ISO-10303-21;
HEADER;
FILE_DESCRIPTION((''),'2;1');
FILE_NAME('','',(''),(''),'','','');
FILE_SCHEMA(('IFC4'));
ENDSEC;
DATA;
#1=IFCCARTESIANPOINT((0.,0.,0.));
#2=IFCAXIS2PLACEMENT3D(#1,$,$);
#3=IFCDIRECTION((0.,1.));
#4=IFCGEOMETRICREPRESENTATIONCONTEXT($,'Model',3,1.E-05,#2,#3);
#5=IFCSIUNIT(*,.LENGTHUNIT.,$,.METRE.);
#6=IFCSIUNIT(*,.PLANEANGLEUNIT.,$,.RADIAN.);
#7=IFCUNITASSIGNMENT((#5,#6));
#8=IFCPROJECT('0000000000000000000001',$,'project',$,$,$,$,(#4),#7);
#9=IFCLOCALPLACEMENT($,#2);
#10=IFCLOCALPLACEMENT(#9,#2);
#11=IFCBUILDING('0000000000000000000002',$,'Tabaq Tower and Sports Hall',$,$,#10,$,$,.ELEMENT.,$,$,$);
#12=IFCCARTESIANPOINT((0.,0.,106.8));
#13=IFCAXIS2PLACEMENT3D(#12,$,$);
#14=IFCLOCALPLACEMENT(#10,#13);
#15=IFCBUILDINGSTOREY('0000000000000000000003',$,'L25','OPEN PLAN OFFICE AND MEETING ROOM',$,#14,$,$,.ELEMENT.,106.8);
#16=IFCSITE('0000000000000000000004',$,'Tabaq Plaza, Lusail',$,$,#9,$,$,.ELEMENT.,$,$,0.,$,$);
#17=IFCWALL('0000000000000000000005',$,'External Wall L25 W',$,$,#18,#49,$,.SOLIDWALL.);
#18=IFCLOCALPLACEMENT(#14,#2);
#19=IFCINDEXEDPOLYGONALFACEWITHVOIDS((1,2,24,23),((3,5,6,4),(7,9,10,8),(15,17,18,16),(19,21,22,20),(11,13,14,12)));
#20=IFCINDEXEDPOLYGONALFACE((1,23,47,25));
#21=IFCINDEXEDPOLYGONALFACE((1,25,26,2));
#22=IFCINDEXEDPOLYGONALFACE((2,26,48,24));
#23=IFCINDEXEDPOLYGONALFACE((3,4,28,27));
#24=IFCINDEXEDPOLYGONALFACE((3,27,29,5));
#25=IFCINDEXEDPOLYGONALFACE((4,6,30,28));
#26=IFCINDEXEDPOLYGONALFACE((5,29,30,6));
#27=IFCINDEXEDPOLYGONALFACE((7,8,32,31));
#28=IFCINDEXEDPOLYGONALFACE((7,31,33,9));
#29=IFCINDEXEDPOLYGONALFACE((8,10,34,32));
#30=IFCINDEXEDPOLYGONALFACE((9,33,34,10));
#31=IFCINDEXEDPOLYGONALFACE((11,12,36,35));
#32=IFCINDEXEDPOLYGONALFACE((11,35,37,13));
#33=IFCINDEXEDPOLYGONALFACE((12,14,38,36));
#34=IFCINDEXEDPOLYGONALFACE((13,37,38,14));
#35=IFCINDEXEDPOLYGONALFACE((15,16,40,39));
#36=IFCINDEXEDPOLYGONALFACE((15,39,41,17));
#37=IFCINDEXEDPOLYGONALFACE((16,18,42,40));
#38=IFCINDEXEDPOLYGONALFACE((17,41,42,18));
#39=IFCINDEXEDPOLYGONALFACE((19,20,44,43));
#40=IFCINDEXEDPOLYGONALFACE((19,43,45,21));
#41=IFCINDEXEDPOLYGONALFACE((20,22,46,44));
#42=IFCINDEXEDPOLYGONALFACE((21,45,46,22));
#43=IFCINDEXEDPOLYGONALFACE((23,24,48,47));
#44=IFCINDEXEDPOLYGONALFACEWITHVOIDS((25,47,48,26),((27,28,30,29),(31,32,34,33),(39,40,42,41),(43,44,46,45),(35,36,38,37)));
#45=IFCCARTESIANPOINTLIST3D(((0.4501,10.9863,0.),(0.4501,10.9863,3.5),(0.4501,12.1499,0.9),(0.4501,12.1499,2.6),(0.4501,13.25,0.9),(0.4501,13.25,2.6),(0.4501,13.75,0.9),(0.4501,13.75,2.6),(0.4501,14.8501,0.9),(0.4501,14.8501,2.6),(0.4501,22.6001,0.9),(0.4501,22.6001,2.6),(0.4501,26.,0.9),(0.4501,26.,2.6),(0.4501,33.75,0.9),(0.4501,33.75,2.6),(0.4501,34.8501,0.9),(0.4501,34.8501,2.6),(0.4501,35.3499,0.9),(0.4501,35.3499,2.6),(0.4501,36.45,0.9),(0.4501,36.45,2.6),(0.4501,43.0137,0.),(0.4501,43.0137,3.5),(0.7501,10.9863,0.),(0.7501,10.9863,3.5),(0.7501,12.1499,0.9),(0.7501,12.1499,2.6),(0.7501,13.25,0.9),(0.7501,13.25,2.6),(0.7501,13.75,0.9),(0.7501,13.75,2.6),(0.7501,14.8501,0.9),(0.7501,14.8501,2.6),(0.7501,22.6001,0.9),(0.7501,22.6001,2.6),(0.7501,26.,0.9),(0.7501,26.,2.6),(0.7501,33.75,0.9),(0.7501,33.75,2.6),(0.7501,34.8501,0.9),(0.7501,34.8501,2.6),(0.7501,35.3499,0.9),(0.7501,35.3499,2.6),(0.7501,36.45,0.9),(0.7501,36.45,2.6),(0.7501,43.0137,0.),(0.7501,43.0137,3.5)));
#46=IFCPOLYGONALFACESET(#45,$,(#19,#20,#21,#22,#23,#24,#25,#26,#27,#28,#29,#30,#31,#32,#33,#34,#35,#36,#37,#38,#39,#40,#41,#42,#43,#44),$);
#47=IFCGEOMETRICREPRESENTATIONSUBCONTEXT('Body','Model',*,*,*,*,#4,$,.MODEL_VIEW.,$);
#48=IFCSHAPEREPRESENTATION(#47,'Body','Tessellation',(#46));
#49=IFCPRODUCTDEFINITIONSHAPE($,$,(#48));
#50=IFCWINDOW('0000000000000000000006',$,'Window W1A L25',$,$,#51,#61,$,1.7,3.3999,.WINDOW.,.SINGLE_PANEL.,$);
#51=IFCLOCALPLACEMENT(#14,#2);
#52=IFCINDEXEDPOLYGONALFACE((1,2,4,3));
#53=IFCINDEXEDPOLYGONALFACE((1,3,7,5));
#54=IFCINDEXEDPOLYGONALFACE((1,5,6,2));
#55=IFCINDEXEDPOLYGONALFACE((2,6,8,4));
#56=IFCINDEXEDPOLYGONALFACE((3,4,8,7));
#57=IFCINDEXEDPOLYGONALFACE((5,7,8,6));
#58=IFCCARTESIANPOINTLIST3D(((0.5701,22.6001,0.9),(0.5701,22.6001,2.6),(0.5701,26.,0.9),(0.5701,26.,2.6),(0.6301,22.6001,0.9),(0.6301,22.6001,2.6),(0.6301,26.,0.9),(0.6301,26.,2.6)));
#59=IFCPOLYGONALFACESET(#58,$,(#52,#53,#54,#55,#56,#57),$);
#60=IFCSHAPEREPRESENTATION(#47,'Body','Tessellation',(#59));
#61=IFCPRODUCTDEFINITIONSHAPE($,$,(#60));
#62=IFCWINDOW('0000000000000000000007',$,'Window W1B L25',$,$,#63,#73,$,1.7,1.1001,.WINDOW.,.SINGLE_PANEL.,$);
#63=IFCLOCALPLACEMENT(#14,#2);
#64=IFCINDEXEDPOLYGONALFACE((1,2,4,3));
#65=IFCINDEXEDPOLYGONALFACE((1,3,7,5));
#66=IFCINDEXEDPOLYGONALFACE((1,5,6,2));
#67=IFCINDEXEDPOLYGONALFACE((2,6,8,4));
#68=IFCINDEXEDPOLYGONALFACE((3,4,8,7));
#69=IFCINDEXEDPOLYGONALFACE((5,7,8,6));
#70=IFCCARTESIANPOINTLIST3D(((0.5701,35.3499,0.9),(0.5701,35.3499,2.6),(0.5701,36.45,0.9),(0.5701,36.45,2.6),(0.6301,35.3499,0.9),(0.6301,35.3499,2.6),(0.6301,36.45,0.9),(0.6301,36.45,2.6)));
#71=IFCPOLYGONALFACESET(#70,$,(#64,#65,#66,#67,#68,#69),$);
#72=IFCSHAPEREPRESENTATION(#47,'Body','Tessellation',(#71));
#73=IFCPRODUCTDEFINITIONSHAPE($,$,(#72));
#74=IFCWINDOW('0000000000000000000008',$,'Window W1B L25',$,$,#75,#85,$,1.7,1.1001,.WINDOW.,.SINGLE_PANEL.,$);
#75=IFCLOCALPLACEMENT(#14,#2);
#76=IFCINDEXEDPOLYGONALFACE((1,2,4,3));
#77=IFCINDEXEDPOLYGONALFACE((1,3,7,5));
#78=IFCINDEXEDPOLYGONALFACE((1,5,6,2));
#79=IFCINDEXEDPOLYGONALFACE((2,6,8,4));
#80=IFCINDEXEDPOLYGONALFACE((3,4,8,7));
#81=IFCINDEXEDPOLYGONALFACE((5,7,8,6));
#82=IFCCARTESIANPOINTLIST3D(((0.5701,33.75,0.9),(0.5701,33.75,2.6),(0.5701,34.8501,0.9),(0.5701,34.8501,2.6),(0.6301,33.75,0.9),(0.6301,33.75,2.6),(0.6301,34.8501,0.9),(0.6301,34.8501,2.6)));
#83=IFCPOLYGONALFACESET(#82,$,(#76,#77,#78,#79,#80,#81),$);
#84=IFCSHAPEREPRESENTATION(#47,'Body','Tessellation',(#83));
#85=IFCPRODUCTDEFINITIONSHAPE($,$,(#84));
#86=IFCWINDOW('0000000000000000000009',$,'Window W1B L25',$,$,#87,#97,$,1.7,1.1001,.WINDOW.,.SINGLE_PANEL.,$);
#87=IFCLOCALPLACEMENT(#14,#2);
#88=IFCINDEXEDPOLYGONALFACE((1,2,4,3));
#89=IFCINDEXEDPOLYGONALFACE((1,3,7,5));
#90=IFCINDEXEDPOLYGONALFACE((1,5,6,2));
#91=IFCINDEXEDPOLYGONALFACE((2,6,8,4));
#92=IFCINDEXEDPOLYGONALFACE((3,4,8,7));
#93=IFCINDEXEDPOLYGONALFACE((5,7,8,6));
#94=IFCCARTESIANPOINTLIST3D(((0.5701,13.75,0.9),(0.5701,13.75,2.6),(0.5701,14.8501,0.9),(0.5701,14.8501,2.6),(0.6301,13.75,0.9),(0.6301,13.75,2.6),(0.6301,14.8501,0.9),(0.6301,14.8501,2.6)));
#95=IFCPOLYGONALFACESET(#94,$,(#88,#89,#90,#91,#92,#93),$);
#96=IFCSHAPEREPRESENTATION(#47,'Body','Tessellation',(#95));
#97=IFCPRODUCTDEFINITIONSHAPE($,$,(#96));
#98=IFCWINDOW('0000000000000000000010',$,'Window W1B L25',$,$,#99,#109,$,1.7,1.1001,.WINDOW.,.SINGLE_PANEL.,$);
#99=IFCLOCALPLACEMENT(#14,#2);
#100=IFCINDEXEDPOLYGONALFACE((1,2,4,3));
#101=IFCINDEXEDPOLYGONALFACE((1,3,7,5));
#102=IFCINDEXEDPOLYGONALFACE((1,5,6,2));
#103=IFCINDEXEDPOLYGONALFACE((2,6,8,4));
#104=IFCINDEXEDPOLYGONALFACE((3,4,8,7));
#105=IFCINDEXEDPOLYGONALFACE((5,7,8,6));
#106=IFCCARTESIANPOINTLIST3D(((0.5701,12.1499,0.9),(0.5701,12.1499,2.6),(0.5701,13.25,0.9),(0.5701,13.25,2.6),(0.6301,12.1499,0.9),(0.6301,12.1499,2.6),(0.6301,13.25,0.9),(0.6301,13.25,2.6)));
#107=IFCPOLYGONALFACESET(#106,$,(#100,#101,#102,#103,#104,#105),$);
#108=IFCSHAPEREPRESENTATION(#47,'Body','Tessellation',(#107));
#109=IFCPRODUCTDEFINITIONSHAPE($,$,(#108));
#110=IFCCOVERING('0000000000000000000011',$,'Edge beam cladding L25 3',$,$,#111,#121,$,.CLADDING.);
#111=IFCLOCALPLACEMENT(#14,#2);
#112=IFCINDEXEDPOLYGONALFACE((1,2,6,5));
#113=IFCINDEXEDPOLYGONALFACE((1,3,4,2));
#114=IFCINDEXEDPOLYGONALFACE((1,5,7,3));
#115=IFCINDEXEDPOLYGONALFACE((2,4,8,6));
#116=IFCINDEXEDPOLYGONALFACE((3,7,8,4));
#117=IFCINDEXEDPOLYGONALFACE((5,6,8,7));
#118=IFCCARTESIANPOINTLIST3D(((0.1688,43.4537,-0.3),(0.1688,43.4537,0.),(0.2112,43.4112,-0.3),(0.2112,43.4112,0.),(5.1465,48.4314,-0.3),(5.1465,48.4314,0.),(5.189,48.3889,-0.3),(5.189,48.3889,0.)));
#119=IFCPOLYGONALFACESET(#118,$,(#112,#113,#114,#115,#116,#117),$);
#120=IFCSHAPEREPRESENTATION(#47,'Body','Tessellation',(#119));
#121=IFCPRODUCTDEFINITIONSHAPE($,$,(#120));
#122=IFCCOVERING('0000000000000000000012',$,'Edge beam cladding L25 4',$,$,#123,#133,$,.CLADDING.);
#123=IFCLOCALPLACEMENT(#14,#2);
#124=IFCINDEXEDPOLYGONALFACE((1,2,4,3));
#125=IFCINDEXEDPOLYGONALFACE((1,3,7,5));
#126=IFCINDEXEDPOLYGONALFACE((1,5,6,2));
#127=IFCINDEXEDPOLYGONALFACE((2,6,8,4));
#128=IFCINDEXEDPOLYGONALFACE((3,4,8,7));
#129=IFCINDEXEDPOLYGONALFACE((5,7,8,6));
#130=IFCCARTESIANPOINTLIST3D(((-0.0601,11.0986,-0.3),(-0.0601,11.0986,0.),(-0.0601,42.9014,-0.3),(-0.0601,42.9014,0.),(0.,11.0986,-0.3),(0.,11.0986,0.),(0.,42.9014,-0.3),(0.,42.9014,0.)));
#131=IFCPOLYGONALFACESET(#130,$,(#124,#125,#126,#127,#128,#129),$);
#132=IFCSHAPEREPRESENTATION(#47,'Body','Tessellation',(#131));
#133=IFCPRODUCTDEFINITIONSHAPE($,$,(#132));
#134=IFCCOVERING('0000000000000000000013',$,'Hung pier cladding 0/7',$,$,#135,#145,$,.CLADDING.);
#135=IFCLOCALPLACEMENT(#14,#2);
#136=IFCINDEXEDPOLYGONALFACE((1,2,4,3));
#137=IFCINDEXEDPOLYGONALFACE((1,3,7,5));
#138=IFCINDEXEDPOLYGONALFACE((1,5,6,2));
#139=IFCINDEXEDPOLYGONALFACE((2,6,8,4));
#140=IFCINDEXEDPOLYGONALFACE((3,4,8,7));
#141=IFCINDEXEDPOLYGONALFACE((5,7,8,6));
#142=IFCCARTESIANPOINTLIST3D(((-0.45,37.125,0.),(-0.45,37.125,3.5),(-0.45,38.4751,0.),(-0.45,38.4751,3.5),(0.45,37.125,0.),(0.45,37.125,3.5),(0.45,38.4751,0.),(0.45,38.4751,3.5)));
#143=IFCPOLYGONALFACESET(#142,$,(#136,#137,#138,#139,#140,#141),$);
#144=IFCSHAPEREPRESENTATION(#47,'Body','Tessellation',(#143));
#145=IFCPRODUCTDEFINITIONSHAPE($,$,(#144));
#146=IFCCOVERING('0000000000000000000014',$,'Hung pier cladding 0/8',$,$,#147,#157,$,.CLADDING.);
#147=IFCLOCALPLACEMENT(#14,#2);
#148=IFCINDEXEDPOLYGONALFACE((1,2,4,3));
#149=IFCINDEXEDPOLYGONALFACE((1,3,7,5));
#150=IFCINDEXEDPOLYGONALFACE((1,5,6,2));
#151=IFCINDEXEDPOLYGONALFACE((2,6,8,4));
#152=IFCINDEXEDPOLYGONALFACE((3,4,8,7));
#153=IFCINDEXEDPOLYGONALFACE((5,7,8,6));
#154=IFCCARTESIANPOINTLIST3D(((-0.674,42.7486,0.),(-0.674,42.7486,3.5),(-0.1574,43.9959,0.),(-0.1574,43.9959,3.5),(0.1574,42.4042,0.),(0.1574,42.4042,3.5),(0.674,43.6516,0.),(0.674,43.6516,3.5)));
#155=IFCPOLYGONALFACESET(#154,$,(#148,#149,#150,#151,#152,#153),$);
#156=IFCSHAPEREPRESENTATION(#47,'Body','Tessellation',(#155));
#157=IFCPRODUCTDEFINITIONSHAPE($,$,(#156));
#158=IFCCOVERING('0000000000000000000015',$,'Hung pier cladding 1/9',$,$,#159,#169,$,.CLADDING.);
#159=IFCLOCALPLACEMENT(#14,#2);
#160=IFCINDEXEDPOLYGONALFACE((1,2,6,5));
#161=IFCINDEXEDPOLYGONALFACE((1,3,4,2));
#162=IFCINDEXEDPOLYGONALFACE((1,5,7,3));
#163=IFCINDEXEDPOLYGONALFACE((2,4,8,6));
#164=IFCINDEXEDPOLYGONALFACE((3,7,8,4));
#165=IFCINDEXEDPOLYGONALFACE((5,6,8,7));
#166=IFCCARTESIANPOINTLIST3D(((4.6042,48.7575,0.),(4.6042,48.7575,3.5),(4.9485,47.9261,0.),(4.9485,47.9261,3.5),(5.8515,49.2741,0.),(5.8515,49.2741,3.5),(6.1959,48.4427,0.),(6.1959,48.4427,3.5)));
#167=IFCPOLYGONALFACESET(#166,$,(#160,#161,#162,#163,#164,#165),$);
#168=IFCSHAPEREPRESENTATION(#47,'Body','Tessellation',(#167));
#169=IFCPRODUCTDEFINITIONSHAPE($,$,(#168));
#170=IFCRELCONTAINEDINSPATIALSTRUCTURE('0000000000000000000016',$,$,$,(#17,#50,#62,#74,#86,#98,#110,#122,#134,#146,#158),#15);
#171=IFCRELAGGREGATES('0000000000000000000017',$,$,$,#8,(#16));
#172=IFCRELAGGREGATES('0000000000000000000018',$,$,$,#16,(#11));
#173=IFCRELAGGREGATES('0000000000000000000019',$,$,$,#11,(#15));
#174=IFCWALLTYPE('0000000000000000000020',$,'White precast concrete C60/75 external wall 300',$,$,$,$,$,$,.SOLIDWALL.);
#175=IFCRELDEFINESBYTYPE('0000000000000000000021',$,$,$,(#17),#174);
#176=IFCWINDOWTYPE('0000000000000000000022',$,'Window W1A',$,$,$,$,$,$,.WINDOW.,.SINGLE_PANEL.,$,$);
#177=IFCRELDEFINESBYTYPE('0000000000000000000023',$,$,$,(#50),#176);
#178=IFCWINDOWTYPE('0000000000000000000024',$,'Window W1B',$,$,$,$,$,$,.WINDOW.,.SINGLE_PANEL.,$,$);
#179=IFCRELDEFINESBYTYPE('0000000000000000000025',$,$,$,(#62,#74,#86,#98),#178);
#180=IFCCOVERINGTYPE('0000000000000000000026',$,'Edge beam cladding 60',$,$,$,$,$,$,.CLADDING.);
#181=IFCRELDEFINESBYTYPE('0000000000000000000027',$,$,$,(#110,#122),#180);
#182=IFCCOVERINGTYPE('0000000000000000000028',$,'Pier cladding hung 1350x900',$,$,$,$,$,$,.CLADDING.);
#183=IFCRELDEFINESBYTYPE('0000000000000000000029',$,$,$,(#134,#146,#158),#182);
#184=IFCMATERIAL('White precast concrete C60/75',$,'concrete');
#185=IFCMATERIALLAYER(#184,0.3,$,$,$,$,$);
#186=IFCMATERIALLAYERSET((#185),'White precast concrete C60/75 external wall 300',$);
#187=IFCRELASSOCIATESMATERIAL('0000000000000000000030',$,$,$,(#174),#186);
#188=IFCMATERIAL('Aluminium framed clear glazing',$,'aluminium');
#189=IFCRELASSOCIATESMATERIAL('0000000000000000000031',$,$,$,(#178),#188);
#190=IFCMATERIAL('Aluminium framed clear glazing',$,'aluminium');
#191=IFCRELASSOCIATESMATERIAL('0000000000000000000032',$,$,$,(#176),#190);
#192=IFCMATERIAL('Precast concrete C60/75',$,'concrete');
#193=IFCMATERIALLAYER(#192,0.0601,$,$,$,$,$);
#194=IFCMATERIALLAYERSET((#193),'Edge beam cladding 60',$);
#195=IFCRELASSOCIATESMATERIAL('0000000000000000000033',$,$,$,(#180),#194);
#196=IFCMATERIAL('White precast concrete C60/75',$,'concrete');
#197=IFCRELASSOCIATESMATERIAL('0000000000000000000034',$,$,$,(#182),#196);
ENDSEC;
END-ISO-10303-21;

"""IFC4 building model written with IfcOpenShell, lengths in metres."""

from ifc_helpers import new_model, si_unit, direction, frame, frame_2d, origin, place, context, subcontext, project, spatial, rectangle, extrude, material, layer, layer_set, type_object, element, fill, save


model = new_model("IFC4")

# Units and contexts
model_context = context("Model", 3, precision=1e-05, world=origin(), true_north=direction((0.0, 1.0)))
body_context = subcontext(model_context, "Body", "Model", "MODEL_VIEW")
ifc_project = project(units=[si_unit("LENGTHUNIT", "METRE"), si_unit("PLANEANGLEUNIT", "RADIAN")], contexts=[model_context])

# Site, building, storey
site_placement = place(None, origin())
site = spatial("IfcSite", under=ifc_project, at=site_placement, Name="Tabaq Plaza, Lusail", CompositionType="ELEMENT", RefElevation=0.0)
building_placement = place(site_placement, origin())
building = spatial("IfcBuilding", under=site, at=building_placement, Name="Tabaq Tower and Sports Hall", CompositionType="ELEMENT")
storey_placement = place(building_placement, frame((0.0, 0.0, 106.8)))
storey = spatial("IfcBuildingStorey", under=building, at=storey_placement, Name="L25", Description="OPEN PLAN OFFICE AND MEETING ROOM", CompositionType="ELEMENT", Elevation=106.8)

# Wall, openings, windows
ifc_material_1 = material(Name="White precast concrete C60/75", Category="concrete")
ifc_layer_1 = layer(ifc_material_1, 0.3)
ifc_layer_set_1 = layer_set([ifc_layer_1], Name="White precast concrete C60/75 external wall 300")
wall_type_1 = type_object("IfcWallType", Name="White precast concrete C60/75 external wall 300", PredefinedType="SOLIDWALL", material=ifc_layer_set_1)
ifc_material_2 = material(Name="Aluminium framed clear glazing", Category="aluminium")
window_type_1 = type_object("IfcWindowType", Name="Window W1B", PartitioningType="SINGLE_PANEL", PredefinedType="WINDOW", material=ifc_material_2)
wall_1_placement = place(storey_placement, frame((0.6001, 43.0137, 0.0), z_axis=(0.0, 0.0, 1.0), x_axis=(0.0, -1.0, 0.0)))
wall_1 = element("IfcWall", 1, at=wall_1_placement, inside=storey, type_object=wall_type_1, Name="External Wall L25 W", PredefinedType="SOLIDWALL", context=body_context, shape_type="SweptSolid", body=[
    extrude(rectangle(XDim=32.0273, YDim=0.3, at=frame_2d((16.0137, 0.0))), origin(), (0.0, 0.0, 1.0), 3.5),
])
opening_1_placement = place(wall_1_placement, frame((6.5637, 0.0, 0.8999)))
opening_1 = element("IfcOpeningElement", 2, at=opening_1_placement, cuts=wall_1, PredefinedType="OPENING", context=body_context, shape_type="SweptSolid", body=[
    extrude(rectangle(XDim=1.1001, YDim=1.7, at=frame_2d((0.55, 0.8501))), frame((0.0, 0.1602, 0.0), z_axis=(0.0, -1.0, 0.0), x_axis=(1.0, 0.0, 0.0)), (0.0, 0.0, 1.0), 0.3201),
])
opening_2_placement = place(wall_1_placement, frame((8.1636, 0.0, 0.8999)))
opening_2 = element("IfcOpeningElement", 3, at=opening_2_placement, cuts=wall_1, PredefinedType="OPENING", context=body_context, shape_type="SweptSolid", body=[
    extrude(rectangle(XDim=1.1001, YDim=1.7, at=frame_2d((0.55, 0.8501))), frame((0.0, 0.1602, 0.0), z_axis=(0.0, -1.0, 0.0), x_axis=(1.0, 0.0, 0.0)), (0.0, 0.0, 1.0), 0.3201),
])
opening_3_placement = place(wall_1_placement, frame((17.0137, 0.0, 0.8999)))
opening_3 = element("IfcOpeningElement", 4, at=opening_3_placement, cuts=wall_1, PredefinedType="OPENING", context=body_context, shape_type="SweptSolid", body=[
    extrude(rectangle(XDim=3.3999, YDim=1.7, at=frame_2d((1.7, 0.8501))), frame((0.0, 0.1602, 0.0), z_axis=(0.0, -1.0, 0.0), x_axis=(1.0, 0.0, 0.0)), (0.0, 0.0, 1.0), 0.3201),
])
opening_4_placement = place(wall_1_placement, frame((28.1636, 0.0, 0.8999)))
opening_4 = element("IfcOpeningElement", 5, at=opening_4_placement, cuts=wall_1, PredefinedType="OPENING", context=body_context, shape_type="SweptSolid", body=[
    extrude(rectangle(XDim=1.1001, YDim=1.7, at=frame_2d((0.55, 0.8501))), frame((0.0, 0.1602, 0.0), z_axis=(0.0, -1.0, 0.0), x_axis=(1.0, 0.0, 0.0)), (0.0, 0.0, 1.0), 0.3201),
])
opening_5_placement = place(wall_1_placement, frame((29.7637, 0.0, 0.8999)))
opening_5 = element("IfcOpeningElement", 6, at=opening_5_placement, cuts=wall_1, PredefinedType="OPENING", context=body_context, shape_type="SweptSolid", body=[
    extrude(rectangle(XDim=1.1001, YDim=1.7, at=frame_2d((0.55, 0.8501))), frame((0.0, 0.1602, 0.0), z_axis=(0.0, -1.0, 0.0), x_axis=(1.0, 0.0, 0.0)), (0.0, 0.0, 1.0), 0.3201),
])
ifc_material_3 = material(Name="Aluminium framed clear glazing", Category="aluminium")
window_type_2 = type_object("IfcWindowType", Name="Window W1A", PartitioningType="SINGLE_PANEL", PredefinedType="WINDOW", material=ifc_material_3)
window_1_placement = place(opening_3_placement, origin())
window_1 = element("IfcWindow", 7, at=window_1_placement, inside=storey, type_object=window_type_2, Name="Window W1A L25", OverallHeight=1.7, OverallWidth=3.3999, PartitioningType="SINGLE_PANEL", PredefinedType="WINDOW", context=body_context, shape_type="SweptSolid", body=[
    extrude(rectangle(XDim=3.3999, YDim=1.7, at=frame_2d((1.7, 0.8501))), frame((0.0, 0.03, 0.0), z_axis=(0.0, -1.0, 0.0), x_axis=(1.0, 0.0, 0.0)), (0.0, 0.0, 1.0), 0.0601),
])
fill(opening_3, window_1)
window_2_placement = place(opening_1_placement, origin())
window_2 = element("IfcWindow", 8, at=window_2_placement, inside=storey, type_object=window_type_1, Name="Window W1B L25", OverallHeight=1.7, OverallWidth=1.1001, PartitioningType="SINGLE_PANEL", PredefinedType="WINDOW", context=body_context, shape_type="SweptSolid", body=[
    extrude(rectangle(XDim=1.1001, YDim=1.7, at=frame_2d((0.55, 0.8501))), frame((0.0, 0.03, 0.0), z_axis=(0.0, -1.0, 0.0), x_axis=(1.0, 0.0, 0.0)), (0.0, 0.0, 1.0), 0.0601),
])
fill(opening_1, window_2)
window_3_placement = place(opening_2_placement, origin())
window_3 = element("IfcWindow", 9, at=window_3_placement, inside=storey, type_object=window_type_1, Name="Window W1B L25", OverallHeight=1.7, OverallWidth=1.1001, PartitioningType="SINGLE_PANEL", PredefinedType="WINDOW", context=body_context, shape_type="SweptSolid", body=[
    extrude(rectangle(XDim=1.1001, YDim=1.7, at=frame_2d((0.55, 0.8501))), frame((0.0, 0.03, 0.0), z_axis=(0.0, -1.0, 0.0), x_axis=(1.0, 0.0, 0.0)), (0.0, 0.0, 1.0), 0.0601),
])
fill(opening_2, window_3)
window_4_placement = place(opening_4_placement, origin())
window_4 = element("IfcWindow", 10, at=window_4_placement, inside=storey, type_object=window_type_1, Name="Window W1B L25", OverallHeight=1.7, OverallWidth=1.1001, PartitioningType="SINGLE_PANEL", PredefinedType="WINDOW", context=body_context, shape_type="SweptSolid", body=[
    extrude(rectangle(XDim=1.1001, YDim=1.7, at=frame_2d((0.55, 0.8501))), frame((0.0, 0.03, 0.0), z_axis=(0.0, -1.0, 0.0), x_axis=(1.0, 0.0, 0.0)), (0.0, 0.0, 1.0), 0.0601),
])
fill(opening_4, window_4)
window_5_placement = place(opening_5_placement, origin())
window_5 = element("IfcWindow", 11, at=window_5_placement, inside=storey, type_object=window_type_1, Name="Window W1B L25", OverallHeight=1.7, OverallWidth=1.1001, PartitioningType="SINGLE_PANEL", PredefinedType="WINDOW", context=body_context, shape_type="SweptSolid", body=[
    extrude(rectangle(XDim=1.1001, YDim=1.7, at=frame_2d((0.55, 0.8501))), frame((0.0, 0.03, 0.0), z_axis=(0.0, -1.0, 0.0), x_axis=(1.0, 0.0, 0.0)), (0.0, 0.0, 1.0), 0.0601),
])
fill(opening_5, window_5)

# Coverings
ifc_material_4 = material(Name="Precast concrete C60/75", Category="concrete")
ifc_layer_2 = layer(ifc_material_4, 0.0601)
ifc_layer_set_2 = layer_set([ifc_layer_2], Name="Edge beam cladding 60")
covering_type_1 = type_object("IfcCoveringType", Name="Edge beam cladding 60", PredefinedType="CLADDING", material=ifc_layer_set_2)
covering_1_placement = place(storey_placement, frame((5.1677, 48.4102, -0.3), z_axis=(0.0, 0.0, 1.0), x_axis=(-0.707107, -0.707107, 0.0)))
element("IfcCovering", 12, at=covering_1_placement, inside=storey, type_object=covering_type_1, Name="Edge beam cladding L25 3", PredefinedType="CLADDING", context=body_context, shape_type="SweptSolid", body=[
    extrude(rectangle(XDim=7.0396, YDim=0.0601, at=frame_2d((3.5198, 0.0))), origin(), (0.0, 0.0, 1.0), 0.3),
])
covering_2_placement = place(storey_placement, frame((-0.03, 42.9014, -0.3), z_axis=(0.0, 0.0, 1.0), x_axis=(0.0, -1.0, 0.0)))
element("IfcCovering", 13, at=covering_2_placement, inside=storey, type_object=covering_type_1, Name="Edge beam cladding L25 4", PredefinedType="CLADDING", context=body_context, shape_type="SweptSolid", body=[
    extrude(rectangle(XDim=31.8027, YDim=0.0601, at=frame_2d((15.9014, 0.0))), origin(), (0.0, 0.0, 1.0), 0.3),
])
ifc_material_5 = material(Name="White precast concrete C60/75", Category="concrete")
covering_type_2 = type_object("IfcCoveringType", Name="Pier cladding hung 1350x900", PredefinedType="CLADDING", material=ifc_material_5)
for number, where, z_axis, x_axis, name in (
    (14, (0.0, 38.4751, 0.0), (0.0, 0.0, 1.0), (0.0, -1.0, 0.0), "Hung pier cladding 0/7"),
    (15, (0.2583, 43.8237, 0.0), (0.0, 0.0, 1.0), (-0.38265, -0.923893, 0.0), "Hung pier cladding 0/8"),
    (16, (6.0237, 48.8584, 0.0), (0.0, 0.0, 1.0), (-0.923893, -0.38265, 0.0), "Hung pier cladding 1/9"),
):
    element("IfcCovering", number, at=place(storey_placement, frame(where, z_axis=z_axis, x_axis=x_axis)), inside=storey, type_object=covering_type_2, Name=name, PredefinedType="CLADDING", context=body_context, shape_type="SweptSolid", body=[
        extrude(rectangle(XDim=1.3501, YDim=0.8999, at=frame_2d((0.675, 0.0))), origin(), (0.0, 0.0, 1.0), 3.5),
    ])

save(model, "model.ifc")
